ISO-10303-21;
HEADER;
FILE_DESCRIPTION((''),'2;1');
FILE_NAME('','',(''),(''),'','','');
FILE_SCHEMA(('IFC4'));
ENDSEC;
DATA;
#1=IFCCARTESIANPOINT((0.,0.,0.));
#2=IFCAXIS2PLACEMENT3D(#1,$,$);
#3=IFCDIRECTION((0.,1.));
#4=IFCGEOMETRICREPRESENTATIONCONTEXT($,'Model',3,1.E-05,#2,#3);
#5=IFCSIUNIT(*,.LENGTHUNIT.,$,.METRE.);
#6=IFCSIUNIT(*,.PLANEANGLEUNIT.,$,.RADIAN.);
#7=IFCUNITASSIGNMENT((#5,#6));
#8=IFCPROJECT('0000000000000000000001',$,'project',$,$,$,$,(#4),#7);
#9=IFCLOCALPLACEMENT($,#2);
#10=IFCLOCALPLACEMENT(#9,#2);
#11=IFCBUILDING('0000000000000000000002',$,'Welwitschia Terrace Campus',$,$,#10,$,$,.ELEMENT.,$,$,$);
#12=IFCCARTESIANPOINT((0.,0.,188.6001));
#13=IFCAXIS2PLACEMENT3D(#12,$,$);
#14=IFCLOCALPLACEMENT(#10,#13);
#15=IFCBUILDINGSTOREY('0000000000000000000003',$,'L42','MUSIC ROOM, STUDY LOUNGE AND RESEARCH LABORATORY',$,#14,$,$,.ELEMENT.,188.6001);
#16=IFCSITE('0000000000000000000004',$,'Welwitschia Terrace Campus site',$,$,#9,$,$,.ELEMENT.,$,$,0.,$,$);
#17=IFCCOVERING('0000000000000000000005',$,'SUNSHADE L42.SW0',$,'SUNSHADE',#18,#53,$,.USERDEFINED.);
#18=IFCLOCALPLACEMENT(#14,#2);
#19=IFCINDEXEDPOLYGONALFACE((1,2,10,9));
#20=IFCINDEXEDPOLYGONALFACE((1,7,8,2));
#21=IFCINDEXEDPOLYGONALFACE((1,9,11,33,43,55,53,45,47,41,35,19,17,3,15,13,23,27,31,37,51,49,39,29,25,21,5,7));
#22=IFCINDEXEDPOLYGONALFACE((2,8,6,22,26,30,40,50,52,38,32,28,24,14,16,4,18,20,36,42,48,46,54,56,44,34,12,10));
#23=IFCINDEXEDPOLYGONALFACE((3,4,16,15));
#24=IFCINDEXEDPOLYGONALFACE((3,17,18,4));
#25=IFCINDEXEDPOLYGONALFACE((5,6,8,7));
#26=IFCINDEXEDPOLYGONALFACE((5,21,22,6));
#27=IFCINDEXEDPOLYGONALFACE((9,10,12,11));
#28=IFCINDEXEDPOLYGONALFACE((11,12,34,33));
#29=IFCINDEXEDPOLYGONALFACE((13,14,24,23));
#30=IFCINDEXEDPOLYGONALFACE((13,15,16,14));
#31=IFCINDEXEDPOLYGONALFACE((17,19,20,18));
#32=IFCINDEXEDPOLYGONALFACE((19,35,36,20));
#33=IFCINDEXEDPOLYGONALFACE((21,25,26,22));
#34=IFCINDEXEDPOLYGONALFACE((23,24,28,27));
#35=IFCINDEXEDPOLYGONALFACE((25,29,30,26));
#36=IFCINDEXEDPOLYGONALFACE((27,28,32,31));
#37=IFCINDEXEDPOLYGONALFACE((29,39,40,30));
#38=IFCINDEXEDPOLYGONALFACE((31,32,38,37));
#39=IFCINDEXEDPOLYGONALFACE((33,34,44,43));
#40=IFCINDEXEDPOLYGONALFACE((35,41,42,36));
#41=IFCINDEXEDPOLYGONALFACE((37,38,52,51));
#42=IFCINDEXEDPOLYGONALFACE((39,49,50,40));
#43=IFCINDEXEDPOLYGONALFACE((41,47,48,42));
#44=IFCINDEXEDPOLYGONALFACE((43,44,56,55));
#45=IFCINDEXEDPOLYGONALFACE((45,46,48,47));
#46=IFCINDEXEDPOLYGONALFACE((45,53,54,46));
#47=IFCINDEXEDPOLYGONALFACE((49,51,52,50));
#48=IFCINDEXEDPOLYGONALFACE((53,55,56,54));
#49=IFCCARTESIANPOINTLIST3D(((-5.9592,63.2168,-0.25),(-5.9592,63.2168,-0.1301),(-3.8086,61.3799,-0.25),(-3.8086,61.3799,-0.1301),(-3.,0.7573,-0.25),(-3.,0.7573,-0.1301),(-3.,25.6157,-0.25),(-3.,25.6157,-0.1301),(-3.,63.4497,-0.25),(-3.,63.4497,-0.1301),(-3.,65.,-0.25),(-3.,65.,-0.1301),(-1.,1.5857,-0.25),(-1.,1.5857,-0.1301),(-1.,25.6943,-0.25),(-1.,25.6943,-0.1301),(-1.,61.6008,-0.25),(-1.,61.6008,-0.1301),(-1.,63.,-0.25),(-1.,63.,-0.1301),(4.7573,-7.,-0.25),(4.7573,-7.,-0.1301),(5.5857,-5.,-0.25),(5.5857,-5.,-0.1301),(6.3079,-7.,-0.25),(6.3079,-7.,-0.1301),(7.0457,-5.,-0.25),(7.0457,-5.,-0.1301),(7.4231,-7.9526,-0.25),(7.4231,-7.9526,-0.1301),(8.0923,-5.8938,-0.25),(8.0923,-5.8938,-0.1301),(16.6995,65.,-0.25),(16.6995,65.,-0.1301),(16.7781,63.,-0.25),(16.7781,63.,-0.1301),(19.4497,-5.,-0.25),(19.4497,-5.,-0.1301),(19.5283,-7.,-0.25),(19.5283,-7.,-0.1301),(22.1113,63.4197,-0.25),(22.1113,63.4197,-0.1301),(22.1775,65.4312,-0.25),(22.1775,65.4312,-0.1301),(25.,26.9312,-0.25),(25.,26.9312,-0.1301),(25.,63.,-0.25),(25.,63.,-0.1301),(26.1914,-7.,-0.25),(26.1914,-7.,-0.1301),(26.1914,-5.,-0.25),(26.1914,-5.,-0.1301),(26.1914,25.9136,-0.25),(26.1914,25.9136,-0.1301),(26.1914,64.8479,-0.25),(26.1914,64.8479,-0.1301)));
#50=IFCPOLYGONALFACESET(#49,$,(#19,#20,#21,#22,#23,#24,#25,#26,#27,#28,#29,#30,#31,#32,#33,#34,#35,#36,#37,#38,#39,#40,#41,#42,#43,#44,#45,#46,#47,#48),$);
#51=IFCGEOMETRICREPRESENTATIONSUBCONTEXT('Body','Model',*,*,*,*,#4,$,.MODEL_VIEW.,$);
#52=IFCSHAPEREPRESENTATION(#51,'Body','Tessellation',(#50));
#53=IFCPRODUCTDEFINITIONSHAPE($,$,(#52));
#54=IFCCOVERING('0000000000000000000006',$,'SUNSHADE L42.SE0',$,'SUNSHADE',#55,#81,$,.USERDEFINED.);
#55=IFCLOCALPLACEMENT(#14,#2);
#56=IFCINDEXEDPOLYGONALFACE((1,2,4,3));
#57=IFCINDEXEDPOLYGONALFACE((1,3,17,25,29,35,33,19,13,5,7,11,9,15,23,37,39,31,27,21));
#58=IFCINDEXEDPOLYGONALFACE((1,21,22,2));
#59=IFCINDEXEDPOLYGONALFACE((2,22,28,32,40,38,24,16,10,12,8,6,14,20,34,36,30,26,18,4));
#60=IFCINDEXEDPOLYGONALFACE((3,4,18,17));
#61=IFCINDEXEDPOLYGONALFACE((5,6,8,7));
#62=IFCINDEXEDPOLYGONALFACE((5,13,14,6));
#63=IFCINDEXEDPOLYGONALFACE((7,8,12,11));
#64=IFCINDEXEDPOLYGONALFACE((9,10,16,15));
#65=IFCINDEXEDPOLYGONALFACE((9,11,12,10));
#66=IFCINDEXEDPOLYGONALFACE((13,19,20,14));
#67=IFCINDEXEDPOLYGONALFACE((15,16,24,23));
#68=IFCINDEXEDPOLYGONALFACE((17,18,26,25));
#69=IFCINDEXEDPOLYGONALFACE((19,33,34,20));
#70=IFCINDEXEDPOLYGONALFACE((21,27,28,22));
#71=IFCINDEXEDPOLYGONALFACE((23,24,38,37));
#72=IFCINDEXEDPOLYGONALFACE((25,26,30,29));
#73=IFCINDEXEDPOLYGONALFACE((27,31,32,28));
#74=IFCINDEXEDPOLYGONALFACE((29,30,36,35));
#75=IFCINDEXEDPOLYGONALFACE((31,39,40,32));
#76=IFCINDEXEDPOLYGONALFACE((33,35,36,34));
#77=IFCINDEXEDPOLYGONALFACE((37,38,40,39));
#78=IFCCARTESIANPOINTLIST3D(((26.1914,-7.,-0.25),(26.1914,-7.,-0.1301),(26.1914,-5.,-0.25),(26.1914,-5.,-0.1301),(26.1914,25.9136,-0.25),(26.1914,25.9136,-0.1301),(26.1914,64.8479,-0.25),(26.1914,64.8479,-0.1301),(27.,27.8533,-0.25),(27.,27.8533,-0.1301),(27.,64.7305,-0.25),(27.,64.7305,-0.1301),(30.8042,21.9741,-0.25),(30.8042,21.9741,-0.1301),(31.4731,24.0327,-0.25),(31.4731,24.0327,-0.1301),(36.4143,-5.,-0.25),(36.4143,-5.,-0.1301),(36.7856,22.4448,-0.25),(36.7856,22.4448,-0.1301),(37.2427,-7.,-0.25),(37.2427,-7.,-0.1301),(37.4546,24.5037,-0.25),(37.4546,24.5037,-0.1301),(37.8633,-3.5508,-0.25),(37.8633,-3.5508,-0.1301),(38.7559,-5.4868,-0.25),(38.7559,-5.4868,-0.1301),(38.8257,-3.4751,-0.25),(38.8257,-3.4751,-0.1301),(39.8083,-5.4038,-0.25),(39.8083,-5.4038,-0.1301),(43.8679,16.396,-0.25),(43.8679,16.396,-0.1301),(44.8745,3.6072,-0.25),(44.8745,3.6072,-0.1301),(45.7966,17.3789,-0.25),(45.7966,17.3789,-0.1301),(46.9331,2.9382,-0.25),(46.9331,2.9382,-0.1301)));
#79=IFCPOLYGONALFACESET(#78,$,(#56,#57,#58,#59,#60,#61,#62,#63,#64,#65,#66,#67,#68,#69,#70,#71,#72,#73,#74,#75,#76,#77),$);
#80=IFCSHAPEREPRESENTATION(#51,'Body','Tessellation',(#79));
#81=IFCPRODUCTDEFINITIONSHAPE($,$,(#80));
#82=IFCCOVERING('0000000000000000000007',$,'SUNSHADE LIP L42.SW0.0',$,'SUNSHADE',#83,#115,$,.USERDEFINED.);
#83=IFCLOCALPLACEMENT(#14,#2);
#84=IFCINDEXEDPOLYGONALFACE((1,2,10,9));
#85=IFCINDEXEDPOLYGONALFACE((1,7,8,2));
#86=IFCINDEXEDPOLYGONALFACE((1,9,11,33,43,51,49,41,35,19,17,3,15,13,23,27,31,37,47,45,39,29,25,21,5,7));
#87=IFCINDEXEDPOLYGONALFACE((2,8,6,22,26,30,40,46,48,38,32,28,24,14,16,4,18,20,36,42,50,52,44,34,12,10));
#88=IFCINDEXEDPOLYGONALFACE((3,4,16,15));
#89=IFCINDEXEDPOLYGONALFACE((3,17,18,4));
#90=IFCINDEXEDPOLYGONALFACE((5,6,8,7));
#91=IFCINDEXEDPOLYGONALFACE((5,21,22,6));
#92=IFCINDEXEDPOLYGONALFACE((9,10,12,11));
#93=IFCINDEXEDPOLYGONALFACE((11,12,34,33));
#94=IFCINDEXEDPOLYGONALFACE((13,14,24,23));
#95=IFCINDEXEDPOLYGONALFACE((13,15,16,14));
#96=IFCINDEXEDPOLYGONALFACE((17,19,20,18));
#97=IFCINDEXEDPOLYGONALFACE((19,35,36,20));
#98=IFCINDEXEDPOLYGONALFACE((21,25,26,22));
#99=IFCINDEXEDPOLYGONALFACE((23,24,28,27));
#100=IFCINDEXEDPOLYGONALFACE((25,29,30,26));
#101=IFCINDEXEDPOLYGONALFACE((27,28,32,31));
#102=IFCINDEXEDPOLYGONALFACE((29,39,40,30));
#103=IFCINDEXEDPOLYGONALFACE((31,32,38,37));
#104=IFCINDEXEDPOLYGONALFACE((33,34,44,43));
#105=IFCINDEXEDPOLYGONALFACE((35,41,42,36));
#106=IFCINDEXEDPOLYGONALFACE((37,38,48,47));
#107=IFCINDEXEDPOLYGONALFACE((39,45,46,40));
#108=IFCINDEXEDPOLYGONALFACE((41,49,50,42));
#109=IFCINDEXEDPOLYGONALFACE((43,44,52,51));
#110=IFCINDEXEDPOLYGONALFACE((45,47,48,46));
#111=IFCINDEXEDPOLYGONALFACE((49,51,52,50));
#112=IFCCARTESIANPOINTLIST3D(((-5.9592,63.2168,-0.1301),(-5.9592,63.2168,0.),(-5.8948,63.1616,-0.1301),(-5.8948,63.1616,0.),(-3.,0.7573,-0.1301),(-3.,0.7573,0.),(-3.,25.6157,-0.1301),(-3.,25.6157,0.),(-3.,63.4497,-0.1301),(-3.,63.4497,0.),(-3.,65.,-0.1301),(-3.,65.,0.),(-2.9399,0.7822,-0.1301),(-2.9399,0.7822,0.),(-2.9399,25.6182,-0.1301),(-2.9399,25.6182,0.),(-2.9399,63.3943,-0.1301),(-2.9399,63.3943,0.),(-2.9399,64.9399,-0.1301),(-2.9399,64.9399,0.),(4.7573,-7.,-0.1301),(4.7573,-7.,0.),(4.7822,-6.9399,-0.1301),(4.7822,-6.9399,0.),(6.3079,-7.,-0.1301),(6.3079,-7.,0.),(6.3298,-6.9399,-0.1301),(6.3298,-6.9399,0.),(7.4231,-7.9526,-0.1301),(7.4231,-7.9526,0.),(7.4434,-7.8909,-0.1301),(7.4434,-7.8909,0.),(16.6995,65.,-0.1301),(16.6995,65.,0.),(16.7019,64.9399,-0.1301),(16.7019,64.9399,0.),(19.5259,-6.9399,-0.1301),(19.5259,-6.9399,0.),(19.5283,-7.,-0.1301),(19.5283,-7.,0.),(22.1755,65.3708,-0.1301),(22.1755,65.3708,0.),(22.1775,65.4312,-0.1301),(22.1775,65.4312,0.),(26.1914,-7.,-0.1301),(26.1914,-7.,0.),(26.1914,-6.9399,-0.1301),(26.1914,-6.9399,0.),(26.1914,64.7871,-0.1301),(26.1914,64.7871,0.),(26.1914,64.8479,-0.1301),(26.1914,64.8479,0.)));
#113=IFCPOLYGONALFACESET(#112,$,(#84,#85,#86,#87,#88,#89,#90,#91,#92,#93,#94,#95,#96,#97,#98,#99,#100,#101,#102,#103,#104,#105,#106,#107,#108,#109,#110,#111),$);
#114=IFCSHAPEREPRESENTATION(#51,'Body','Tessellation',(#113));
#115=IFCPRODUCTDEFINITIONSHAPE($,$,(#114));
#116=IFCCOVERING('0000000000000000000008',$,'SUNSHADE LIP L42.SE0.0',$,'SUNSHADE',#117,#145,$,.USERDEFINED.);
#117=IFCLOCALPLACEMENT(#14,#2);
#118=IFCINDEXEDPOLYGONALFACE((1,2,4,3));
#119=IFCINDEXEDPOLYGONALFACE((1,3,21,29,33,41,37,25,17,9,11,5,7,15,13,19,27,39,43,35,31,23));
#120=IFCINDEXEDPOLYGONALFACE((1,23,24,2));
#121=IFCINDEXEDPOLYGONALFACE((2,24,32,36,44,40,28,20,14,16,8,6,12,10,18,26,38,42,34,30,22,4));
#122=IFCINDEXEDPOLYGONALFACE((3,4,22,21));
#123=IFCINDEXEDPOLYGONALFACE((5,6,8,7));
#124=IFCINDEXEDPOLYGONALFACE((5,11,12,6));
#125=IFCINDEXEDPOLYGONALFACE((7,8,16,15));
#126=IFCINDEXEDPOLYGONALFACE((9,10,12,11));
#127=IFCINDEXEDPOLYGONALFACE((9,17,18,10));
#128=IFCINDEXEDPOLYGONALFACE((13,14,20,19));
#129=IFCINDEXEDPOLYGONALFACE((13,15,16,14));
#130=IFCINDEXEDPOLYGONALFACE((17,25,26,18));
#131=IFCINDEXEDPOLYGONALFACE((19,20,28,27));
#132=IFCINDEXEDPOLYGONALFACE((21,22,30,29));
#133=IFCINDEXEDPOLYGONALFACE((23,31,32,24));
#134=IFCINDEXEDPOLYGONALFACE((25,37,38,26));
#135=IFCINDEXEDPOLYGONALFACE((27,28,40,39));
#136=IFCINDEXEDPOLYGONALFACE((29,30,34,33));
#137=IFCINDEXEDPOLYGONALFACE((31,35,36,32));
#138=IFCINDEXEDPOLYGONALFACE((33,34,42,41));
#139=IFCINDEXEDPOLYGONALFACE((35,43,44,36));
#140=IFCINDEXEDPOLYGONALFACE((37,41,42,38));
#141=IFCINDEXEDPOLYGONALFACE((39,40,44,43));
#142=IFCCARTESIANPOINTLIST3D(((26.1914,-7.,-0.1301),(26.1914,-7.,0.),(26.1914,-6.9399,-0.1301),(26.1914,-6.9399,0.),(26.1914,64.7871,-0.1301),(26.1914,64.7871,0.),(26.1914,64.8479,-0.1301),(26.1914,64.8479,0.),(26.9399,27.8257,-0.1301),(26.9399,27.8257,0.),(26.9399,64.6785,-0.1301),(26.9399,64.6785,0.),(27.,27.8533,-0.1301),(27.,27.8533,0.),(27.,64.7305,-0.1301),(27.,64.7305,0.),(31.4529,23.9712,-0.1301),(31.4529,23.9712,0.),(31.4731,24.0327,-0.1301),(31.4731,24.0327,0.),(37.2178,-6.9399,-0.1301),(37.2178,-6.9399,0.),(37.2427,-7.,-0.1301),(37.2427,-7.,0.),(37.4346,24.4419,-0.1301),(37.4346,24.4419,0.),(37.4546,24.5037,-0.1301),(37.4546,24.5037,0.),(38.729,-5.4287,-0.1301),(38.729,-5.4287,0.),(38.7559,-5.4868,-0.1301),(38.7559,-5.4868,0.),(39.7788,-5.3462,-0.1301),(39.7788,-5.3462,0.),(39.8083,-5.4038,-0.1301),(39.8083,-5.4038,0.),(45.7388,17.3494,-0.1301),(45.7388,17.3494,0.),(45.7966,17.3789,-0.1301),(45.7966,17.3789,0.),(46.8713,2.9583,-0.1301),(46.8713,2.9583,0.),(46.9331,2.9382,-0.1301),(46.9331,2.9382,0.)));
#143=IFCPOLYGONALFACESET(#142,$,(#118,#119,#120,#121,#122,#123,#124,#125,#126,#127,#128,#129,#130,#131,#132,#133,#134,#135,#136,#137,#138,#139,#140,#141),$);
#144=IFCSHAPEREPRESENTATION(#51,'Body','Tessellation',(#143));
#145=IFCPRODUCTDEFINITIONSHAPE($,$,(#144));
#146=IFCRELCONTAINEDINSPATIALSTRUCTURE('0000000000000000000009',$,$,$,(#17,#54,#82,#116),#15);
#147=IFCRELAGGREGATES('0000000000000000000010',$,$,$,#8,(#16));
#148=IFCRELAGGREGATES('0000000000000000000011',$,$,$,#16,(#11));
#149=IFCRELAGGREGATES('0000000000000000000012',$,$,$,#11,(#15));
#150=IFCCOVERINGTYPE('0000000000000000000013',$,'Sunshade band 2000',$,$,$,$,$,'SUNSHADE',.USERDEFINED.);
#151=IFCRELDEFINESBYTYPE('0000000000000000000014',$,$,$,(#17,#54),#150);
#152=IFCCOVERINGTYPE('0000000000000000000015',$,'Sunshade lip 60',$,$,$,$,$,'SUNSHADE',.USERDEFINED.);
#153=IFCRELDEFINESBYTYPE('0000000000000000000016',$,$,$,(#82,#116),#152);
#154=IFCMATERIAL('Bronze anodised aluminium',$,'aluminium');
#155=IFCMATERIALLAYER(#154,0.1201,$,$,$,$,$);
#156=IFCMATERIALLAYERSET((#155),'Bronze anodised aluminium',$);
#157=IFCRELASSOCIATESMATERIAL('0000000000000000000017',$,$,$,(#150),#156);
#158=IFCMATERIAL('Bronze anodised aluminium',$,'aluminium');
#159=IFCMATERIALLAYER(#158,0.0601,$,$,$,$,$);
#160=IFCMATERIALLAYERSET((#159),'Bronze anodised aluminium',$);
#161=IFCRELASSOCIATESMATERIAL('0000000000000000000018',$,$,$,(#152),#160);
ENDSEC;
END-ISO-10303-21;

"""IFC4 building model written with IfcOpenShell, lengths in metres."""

from ifc_helpers import new_model, si_unit, direction, frame, origin, place, context, subcontext, project, spatial, polyline, outline, extrude, material, layer, layer_set, type_object, element, save


model = new_model("IFC4")

# Units and contexts
model_context = context("Model", 3, precision=1e-05, world=origin(), true_north=direction((0.0, 1.0)))
body_context = subcontext(model_context, "Body", "Model", "MODEL_VIEW")
ifc_project = project(units=[si_unit("LENGTHUNIT", "METRE"), si_unit("PLANEANGLEUNIT", "RADIAN")], contexts=[model_context])

# Site, building, storey
site_placement = place(None, origin())
site = spatial("IfcSite", under=ifc_project, at=site_placement, Name="Welwitschia Terrace Campus site", CompositionType="ELEMENT", RefElevation=0.0)
building_placement = place(site_placement, origin())
building = spatial("IfcBuilding", under=site, at=building_placement, Name="Welwitschia Terrace Campus", CompositionType="ELEMENT")
storey_placement = place(building_placement, frame((0.0, 0.0, 188.6001)))
storey = spatial("IfcBuildingStorey", under=building, at=storey_placement, Name="L42", Description="MUSIC ROOM, STUDY LOUNGE AND RESEARCH LABORATORY", CompositionType="ELEMENT", Elevation=188.6001)

# Coverings
ifc_material_1 = material(Name="Bronze anodised aluminium", Category="aluminium")
ifc_layer_1 = layer(ifc_material_1, 0.1201)
ifc_layer_set_1 = layer_set([ifc_layer_1], Name="Bronze anodised aluminium")
covering_type_1 = type_object("IfcCoveringType", Name="Sunshade band 2000", ElementType="SUNSHADE", PredefinedType="USERDEFINED", material=ifc_layer_set_1)
covering_1_placement = place(storey_placement, frame((0.0, 0.0, -0.25)))
element("IfcCovering", 1, at=covering_1_placement, inside=storey, type_object=covering_type_1, Name="SUNSHADE L42.SW0", ObjectType="SUNSHADE", PredefinedType="USERDEFINED", context=body_context, shape_type="SweptSolid", body=[
    extrude(outline(polyline([(-3.0, 65.0), (16.6995, 65.0), (22.1775, 65.4312), (26.1914, 64.8479), (26.1914, 25.9136), (25.0, 26.9312), (25.0, 63.0), (22.1113, 63.4197), (16.7781, 63.0), (-1.0, 63.0), (-1.0, 61.6008), (-3.8086, 61.3799), (-1.0, 25.6943), (-1.0, 1.5857), (5.5857, -5.0), (7.0457, -5.0), (8.0923, -5.8938), (19.4497, -5.0), (26.1914, -5.0), (26.1914, -7.0), (19.5283, -7.0), (7.4231, -7.9526), (6.3079, -7.0), (4.7573, -7.0), (-3.0, 0.7573), (-3.0, 25.6157), (-5.9592, 63.2168), (-3.0, 63.4497), (-3.0, 65.0)])), origin(), (0.0, 0.0, 1.0), 0.1199),
])
covering_2_placement = place(storey_placement, frame((0.0, 0.0, -0.25)))
element("IfcCovering", 2, at=covering_2_placement, inside=storey, type_object=covering_type_1, Name="SUNSHADE L42.SE0", ObjectType="SUNSHADE", PredefinedType="USERDEFINED", context=body_context, shape_type="SweptSolid", body=[
    extrude(outline(polyline([(27.0, 64.7305), (27.0, 27.8533), (31.4731, 24.0327), (37.4546, 24.5037), (45.7966, 17.3789), (46.9331, 2.9382), (39.8083, -5.4038), (38.7559, -5.4868), (37.2427, -7.0), (26.1914, -7.0), (26.1914, -5.0), (36.4143, -5.0), (37.8633, -3.5508), (38.8257, -3.4751), (44.8745, 3.6072), (43.8679, 16.396), (36.7856, 22.4448), (30.8042, 21.9741), (26.1914, 25.9136), (26.1914, 64.8479), (27.0, 64.7305)])), origin(), (0.0, 0.0, 1.0), 0.1199),
])
ifc_material_2 = material(Name="Bronze anodised aluminium", Category="aluminium")
ifc_layer_2 = layer(ifc_material_2, 0.0601)
ifc_layer_set_2 = layer_set([ifc_layer_2], Name="Bronze anodised aluminium")
covering_type_2 = type_object("IfcCoveringType", Name="Sunshade lip 60", ElementType="SUNSHADE", PredefinedType="USERDEFINED", material=ifc_layer_set_2)
covering_3_placement = place(storey_placement, frame((0.0, 0.0, -0.1301)))
element("IfcCovering", 3, at=covering_3_placement, inside=storey, type_object=covering_type_2, Name="SUNSHADE LIP L42.SW0.0", ObjectType="SUNSHADE", PredefinedType="USERDEFINED", context=body_context, shape_type="SweptSolid", body=[
    extrude(outline(polyline([(16.6995, 65.0), (22.1775, 65.4312), (26.1914, 64.8479), (26.1914, 64.7871), (22.1755, 65.3708), (16.7019, 64.9399), (-2.9399, 64.9399), (-2.9399, 63.3943), (-5.8948, 63.1616), (-2.9399, 25.6182), (-2.9399, 0.7822), (4.7822, -6.9399), (6.3298, -6.9399), (7.4434, -7.8909), (19.5259, -6.9399), (26.1914, -6.9399), (26.1914, -7.0), (19.5283, -7.0), (7.4231, -7.9526), (6.3079, -7.0), (4.7573, -7.0), (-3.0, 0.7573), (-3.0, 25.6157), (-5.9592, 63.2168), (-3.0, 63.4497), (-3.0, 65.0), (16.6995, 65.0)])), origin(), (0.0, 0.0, 1.0), 0.1301),
])
covering_4_placement = place(storey_placement, frame((0.0, 0.0, -0.1301)))
element("IfcCovering", 4, at=covering_4_placement, inside=storey, type_object=covering_type_2, Name="SUNSHADE LIP L42.SE0.0", ObjectType="SUNSHADE", PredefinedType="USERDEFINED", context=body_context, shape_type="SweptSolid", body=[
    extrude(outline(polyline([(27.0, 27.8533), (31.4731, 24.0327), (37.4546, 24.5037), (45.7966, 17.3789), (46.9331, 2.9382), (39.8083, -5.4038), (38.7559, -5.4868), (37.2427, -7.0), (26.1914, -7.0), (26.1914, -6.9399), (37.2178, -6.9399), (38.729, -5.4287), (39.7788, -5.3462), (46.8713, 2.9583), (45.7388, 17.3494), (37.4346, 24.4419), (31.4529, 23.9712), (26.9399, 27.8257), (26.9399, 64.6785), (26.1914, 64.7871), (26.1914, 64.8479), (27.0, 64.7305), (27.0, 27.8533)])), origin(), (0.0, 0.0, 1.0), 0.1301),
])

save(model, "model.ifc")
